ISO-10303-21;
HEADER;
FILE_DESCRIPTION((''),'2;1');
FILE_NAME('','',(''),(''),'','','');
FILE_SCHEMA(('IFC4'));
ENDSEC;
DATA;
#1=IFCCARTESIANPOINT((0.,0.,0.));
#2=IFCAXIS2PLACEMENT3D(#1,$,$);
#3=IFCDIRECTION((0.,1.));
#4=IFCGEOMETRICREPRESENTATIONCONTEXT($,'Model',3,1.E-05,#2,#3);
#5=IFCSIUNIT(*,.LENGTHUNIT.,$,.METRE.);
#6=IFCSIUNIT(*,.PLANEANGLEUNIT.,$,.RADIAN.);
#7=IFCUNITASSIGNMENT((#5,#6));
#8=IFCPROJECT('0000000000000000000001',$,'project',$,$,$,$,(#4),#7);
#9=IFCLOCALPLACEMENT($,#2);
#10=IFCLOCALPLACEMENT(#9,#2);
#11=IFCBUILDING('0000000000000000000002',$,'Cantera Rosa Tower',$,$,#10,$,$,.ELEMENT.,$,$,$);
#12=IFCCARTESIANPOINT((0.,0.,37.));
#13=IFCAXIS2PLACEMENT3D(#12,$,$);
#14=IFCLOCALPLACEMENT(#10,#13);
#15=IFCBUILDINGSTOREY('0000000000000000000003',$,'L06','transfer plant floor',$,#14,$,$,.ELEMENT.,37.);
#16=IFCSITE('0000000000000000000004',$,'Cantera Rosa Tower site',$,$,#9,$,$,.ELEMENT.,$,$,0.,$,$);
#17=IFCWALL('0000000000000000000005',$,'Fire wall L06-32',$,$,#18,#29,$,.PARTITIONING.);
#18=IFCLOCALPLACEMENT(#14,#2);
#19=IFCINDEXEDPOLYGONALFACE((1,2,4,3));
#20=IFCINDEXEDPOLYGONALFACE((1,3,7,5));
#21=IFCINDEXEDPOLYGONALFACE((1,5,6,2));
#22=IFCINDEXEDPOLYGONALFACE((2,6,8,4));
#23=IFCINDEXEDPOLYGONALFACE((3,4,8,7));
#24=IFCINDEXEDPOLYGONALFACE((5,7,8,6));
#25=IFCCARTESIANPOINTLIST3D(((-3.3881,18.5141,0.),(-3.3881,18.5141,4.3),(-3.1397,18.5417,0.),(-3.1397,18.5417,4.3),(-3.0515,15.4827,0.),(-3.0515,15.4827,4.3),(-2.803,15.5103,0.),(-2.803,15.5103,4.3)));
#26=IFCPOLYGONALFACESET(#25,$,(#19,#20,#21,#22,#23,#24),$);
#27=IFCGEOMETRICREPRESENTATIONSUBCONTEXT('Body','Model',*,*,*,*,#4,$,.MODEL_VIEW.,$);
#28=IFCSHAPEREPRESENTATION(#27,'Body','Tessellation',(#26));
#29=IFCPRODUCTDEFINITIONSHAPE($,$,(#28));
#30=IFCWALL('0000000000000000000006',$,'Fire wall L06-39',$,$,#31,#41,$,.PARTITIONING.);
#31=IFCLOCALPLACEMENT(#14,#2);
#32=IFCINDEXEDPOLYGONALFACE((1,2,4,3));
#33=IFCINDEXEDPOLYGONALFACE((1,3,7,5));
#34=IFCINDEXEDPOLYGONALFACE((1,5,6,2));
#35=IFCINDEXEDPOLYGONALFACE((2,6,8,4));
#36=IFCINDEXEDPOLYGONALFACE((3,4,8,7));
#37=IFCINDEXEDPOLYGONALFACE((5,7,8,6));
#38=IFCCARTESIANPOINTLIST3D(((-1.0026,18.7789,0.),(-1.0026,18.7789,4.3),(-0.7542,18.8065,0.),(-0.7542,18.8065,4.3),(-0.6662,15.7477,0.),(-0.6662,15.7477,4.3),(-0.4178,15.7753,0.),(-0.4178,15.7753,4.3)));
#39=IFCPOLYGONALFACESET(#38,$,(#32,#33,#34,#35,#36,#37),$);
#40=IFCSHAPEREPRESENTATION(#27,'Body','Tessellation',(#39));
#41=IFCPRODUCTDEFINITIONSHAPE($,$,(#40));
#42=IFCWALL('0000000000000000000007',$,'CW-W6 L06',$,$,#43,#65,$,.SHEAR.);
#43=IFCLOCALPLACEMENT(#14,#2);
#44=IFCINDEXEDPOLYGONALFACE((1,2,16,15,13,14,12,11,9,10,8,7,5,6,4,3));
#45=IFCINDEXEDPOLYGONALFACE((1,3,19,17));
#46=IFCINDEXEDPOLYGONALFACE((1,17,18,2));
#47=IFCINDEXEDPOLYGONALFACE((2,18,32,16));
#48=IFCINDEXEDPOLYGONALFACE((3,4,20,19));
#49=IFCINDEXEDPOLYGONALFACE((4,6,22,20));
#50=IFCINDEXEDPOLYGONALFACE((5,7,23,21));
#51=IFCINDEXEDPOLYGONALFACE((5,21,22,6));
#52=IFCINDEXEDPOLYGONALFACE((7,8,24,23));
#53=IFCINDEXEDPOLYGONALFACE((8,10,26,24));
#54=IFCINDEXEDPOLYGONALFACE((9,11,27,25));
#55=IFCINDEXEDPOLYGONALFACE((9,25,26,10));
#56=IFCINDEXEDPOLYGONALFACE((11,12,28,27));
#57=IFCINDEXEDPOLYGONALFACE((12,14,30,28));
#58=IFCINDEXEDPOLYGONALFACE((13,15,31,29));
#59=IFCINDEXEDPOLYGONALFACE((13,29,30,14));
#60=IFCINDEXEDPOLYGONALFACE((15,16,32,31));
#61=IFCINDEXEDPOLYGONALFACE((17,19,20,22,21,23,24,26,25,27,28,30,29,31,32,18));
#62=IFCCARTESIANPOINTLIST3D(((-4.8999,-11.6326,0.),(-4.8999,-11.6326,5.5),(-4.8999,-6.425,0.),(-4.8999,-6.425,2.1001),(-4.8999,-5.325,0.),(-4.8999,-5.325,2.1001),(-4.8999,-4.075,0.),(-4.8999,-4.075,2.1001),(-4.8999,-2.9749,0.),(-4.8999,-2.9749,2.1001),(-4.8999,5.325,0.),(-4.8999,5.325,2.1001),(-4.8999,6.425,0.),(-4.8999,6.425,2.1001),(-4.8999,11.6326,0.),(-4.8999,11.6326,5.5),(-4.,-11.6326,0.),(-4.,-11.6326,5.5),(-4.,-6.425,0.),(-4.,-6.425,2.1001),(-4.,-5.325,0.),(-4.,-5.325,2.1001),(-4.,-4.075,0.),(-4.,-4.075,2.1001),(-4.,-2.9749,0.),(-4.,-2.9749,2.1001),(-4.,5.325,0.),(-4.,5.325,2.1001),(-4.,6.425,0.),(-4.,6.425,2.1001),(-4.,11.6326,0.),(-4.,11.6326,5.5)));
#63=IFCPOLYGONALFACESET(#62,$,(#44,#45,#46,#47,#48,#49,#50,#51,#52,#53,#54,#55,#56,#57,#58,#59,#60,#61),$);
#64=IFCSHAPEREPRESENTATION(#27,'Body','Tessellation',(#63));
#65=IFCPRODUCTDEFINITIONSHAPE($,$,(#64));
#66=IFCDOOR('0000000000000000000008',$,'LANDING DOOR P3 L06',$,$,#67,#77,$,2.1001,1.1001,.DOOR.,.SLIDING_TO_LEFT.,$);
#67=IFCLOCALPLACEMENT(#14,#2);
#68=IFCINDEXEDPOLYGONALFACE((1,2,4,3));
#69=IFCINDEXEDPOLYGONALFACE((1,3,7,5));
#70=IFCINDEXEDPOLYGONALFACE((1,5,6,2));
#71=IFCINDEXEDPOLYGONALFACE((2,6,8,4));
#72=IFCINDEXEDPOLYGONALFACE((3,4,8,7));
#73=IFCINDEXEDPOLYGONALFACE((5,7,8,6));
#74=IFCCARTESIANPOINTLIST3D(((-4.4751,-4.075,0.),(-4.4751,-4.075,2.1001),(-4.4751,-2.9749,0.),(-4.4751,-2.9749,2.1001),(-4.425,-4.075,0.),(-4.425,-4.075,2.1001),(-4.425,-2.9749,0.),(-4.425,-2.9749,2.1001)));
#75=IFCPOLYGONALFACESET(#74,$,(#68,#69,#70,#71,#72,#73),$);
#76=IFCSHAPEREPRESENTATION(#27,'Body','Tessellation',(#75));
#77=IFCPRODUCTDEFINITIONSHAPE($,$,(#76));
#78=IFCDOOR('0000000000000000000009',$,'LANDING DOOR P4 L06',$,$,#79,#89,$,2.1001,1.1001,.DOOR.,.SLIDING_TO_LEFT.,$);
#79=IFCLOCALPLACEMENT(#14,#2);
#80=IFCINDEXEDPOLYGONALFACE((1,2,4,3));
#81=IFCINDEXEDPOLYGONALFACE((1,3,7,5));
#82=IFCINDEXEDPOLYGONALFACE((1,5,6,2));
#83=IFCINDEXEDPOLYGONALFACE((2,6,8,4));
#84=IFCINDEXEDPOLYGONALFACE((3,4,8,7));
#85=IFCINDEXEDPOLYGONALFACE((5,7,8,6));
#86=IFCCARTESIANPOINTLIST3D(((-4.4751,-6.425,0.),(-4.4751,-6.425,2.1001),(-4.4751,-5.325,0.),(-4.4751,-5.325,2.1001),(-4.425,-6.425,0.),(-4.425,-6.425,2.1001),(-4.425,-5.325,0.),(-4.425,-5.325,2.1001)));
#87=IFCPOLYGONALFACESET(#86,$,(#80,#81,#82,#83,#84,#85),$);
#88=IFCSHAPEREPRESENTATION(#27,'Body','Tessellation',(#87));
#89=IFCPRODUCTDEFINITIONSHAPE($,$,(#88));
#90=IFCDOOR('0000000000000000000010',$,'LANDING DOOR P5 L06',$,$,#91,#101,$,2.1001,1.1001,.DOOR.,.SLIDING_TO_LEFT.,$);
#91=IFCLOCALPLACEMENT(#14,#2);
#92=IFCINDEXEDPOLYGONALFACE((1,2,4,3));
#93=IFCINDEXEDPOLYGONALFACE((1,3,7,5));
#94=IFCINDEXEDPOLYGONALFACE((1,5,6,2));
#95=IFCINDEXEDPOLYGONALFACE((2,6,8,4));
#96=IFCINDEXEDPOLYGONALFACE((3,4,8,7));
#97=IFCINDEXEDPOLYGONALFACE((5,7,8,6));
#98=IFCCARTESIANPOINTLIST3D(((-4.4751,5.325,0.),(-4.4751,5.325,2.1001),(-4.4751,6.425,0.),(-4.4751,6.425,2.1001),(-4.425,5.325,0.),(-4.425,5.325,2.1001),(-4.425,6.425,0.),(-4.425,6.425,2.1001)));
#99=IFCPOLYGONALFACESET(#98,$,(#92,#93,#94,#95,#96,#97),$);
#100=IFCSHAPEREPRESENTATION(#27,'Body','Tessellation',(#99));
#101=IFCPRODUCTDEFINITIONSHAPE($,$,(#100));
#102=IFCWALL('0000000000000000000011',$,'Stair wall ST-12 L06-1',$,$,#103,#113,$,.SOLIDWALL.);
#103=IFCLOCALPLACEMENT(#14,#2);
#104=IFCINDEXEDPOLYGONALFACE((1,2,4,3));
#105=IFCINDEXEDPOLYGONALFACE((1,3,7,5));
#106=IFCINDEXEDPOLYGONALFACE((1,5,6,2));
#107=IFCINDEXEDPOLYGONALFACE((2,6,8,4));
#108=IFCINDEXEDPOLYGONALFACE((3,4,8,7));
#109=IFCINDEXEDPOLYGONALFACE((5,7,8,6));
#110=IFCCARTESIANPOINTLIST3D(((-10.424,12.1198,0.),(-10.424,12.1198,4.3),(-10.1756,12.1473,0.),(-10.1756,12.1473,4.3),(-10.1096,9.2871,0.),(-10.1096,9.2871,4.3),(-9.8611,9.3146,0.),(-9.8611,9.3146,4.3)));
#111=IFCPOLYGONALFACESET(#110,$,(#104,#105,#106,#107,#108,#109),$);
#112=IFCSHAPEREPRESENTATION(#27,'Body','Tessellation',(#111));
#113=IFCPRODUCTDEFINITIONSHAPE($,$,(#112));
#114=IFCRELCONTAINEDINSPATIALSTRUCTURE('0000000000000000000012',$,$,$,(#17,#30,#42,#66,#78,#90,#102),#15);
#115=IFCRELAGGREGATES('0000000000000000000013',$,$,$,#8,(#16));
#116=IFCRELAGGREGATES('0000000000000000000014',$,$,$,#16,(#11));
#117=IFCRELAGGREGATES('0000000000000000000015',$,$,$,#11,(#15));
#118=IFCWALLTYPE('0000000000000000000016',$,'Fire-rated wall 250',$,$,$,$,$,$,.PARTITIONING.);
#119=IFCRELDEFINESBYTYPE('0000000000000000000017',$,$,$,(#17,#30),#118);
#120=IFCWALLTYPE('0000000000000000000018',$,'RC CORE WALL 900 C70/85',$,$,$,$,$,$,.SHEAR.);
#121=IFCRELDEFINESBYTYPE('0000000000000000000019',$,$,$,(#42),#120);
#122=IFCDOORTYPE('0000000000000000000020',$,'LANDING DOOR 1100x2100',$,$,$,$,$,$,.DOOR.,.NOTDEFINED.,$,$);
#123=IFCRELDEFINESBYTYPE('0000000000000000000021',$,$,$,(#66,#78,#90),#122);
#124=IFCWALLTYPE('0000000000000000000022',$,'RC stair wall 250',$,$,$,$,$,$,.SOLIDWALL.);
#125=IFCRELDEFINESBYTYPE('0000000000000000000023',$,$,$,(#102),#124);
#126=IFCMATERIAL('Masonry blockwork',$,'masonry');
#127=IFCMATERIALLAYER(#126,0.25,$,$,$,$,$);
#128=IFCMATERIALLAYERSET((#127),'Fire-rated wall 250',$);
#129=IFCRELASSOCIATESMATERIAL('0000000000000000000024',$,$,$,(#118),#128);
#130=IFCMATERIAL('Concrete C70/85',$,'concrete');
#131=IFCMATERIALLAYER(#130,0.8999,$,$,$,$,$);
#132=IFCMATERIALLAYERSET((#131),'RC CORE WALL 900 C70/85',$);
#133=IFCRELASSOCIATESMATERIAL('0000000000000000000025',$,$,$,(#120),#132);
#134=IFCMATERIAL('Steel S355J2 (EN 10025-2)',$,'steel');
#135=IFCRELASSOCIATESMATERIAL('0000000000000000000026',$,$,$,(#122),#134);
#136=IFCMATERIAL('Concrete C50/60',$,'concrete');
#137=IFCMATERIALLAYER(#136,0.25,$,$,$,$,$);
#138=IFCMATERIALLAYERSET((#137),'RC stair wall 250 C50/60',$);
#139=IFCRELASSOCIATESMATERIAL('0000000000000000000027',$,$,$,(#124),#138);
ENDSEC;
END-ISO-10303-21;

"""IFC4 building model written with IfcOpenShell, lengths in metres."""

from ifc_helpers import new_model, si_unit, direction, frame, frame_2d, origin, place, context, subcontext, project, spatial, rectangle, extrude, material, layer, layer_set, type_object, element, fill, save


model = new_model("IFC4")

# Units and contexts
model_context = context("Model", 3, precision=1e-05, world=origin(), true_north=direction((0.0, 1.0)))
body_context = subcontext(model_context, "Body", "Model", "MODEL_VIEW")
ifc_project = project(units=[si_unit("LENGTHUNIT", "METRE"), si_unit("PLANEANGLEUNIT", "RADIAN")], contexts=[model_context])

# Site, building, storey
site_placement = place(None, origin())
site = spatial("IfcSite", under=ifc_project, at=site_placement, Name="Cantera Rosa Tower site", CompositionType="ELEMENT", RefElevation=0.0)
building_placement = place(site_placement, origin())
building = spatial("IfcBuilding", under=site, at=building_placement, Name="Cantera Rosa Tower", CompositionType="ELEMENT")
storey_placement = place(building_placement, frame((0.0, 0.0, 37.0)))
storey = spatial("IfcBuildingStorey", under=building, at=storey_placement, Name="L06", Description="transfer plant floor", CompositionType="ELEMENT", Elevation=37.0)

# Shared definitions
ifc_material_1 = material(Name="Masonry blockwork", Category="masonry")
ifc_layer_1 = layer(ifc_material_1, 0.25)
ifc_layer_set_1 = layer_set([ifc_layer_1], Name="Fire-rated wall 250")
wall_type_1 = type_object("IfcWallType", Name="Fire-rated wall 250", PredefinedType="PARTITIONING", material=ifc_layer_set_1)

# Walls
wall_1_placement = place(storey_placement, frame((-2.9272, 15.4966, 0.0), z_axis=(0.0, 0.0, 1.0), x_axis=(-0.110379, 0.99389, 0.0)))
element("IfcWall", 1, at=wall_1_placement, inside=storey, type_object=wall_type_1, Name="Fire wall L06-32", PredefinedType="PARTITIONING", context=body_context, shape_type="SweptSolid", body=[
    extrude(rectangle(XDim=3.05, YDim=0.25, at=frame_2d((1.5249, 0.0))), origin(), (0.0, 0.0, 1.0), 4.3),
])
wall_2_placement = place(storey_placement, frame((-0.542, 15.7615, 0.0), z_axis=(0.0, 0.0, 1.0), x_axis=(-0.110309, 0.993897, 0.0)))
element("IfcWall", 2, at=wall_2_placement, inside=storey, type_object=wall_type_1, Name="Fire wall L06-39", PredefinedType="PARTITIONING", context=body_context, shape_type="SweptSolid", body=[
    extrude(rectangle(XDim=3.0498, YDim=0.25, at=frame_2d((1.5249, 0.0))), origin(), (0.0, 0.0, 1.0), 4.3),
])

# Wall, openings, doors
ifc_material_2 = material(Name="Concrete C70/85", Category="concrete")
ifc_layer_2 = layer(ifc_material_2, 0.8999)
ifc_layer_set_2 = layer_set([ifc_layer_2], Name="RC CORE WALL 900 C70/85")
wall_type_2 = type_object("IfcWallType", Name="RC CORE WALL 900 C70/85", PredefinedType="SHEAR", material=ifc_layer_set_2)
wall_3_placement = place(storey_placement, frame((-4.45, 11.6326, 0.0), z_axis=(0.0, 0.0, 1.0), x_axis=(0.0, -1.0, 0.0)))
wall_3 = element("IfcWall", 3, at=wall_3_placement, inside=storey, type_object=wall_type_2, Name="CW-W6 L06", PredefinedType="SHEAR", context=body_context, shape_type="SweptSolid", body=[
    extrude(rectangle(XDim=23.2651, YDim=0.8999, at=frame_2d((11.6326, 0.0))), origin(), (0.0, 0.0, 1.0), 5.5),
])
opening_1_placement = place(wall_3_placement, frame((14.6074, 0.0, 0.0)))
opening_1 = element("IfcOpeningElement", 4, at=opening_1_placement, cuts=wall_3, PredefinedType="OPENING", context=body_context, shape_type="SweptSolid", body=[
    extrude(rectangle(XDim=1.1001, YDim=2.1001, at=frame_2d((0.55, 1.05))), frame((0.0, 0.46, 0.0), z_axis=(0.0, -1.0, 0.0), x_axis=(1.0, 0.0, 0.0)), (0.0, 0.0, 1.0), 0.9199),
])
opening_2_placement = place(wall_3_placement, frame((16.9575, 0.0, 0.0)))
opening_2 = element("IfcOpeningElement", 5, at=opening_2_placement, cuts=wall_3, PredefinedType="OPENING", context=body_context, shape_type="SweptSolid", body=[
    extrude(rectangle(XDim=1.1001, YDim=2.1001, at=frame_2d((0.55, 1.05))), frame((0.0, 0.46, 0.0), z_axis=(0.0, -1.0, 0.0), x_axis=(1.0, 0.0, 0.0)), (0.0, 0.0, 1.0), 0.9199),
])
opening_3_placement = place(wall_3_placement, frame((5.2075, 0.0, 0.0)))
opening_3 = element("IfcOpeningElement", 6, at=opening_3_placement, cuts=wall_3, PredefinedType="OPENING", context=body_context, shape_type="SweptSolid", body=[
    extrude(rectangle(XDim=1.1001, YDim=2.1001, at=frame_2d((0.55, 1.05))), frame((0.0, 0.46, 0.0), z_axis=(0.0, -1.0, 0.0), x_axis=(1.0, 0.0, 0.0)), (0.0, 0.0, 1.0), 0.9199),
])
ifc_material_3 = material(Name="Steel S355J2 (EN 10025-2)", Category="steel")
door_type_1 = type_object("IfcDoorType", Name="LANDING DOOR 1100x2100", OperationType="NOTDEFINED", PredefinedType="DOOR", material=ifc_material_3)
door_1_placement = place(opening_1_placement, origin())
door_1 = element("IfcDoor", 7, at=door_1_placement, inside=storey, type_object=door_type_1, Name="LANDING DOOR P3 L06", OperationType="SLIDING_TO_LEFT", OverallHeight=2.1001, OverallWidth=1.1001, PredefinedType="DOOR", context=body_context, shape_type="SweptSolid", body=[
    extrude(rectangle(XDim=1.1001, YDim=2.1001, at=frame_2d((0.55, 1.05))), frame((0.0, 0.0249, 0.0), z_axis=(0.0, -1.0, 0.0), x_axis=(1.0, 0.0, 0.0)), (0.0, 0.0, 1.0), 0.05),
])
fill(opening_1, door_1)
door_2_placement = place(opening_2_placement, origin())
door_2 = element("IfcDoor", 8, at=door_2_placement, inside=storey, type_object=door_type_1, Name="LANDING DOOR P4 L06", OperationType="SLIDING_TO_LEFT", OverallHeight=2.1001, OverallWidth=1.1001, PredefinedType="DOOR", context=body_context, shape_type="SweptSolid", body=[
    extrude(rectangle(XDim=1.1001, YDim=2.1001, at=frame_2d((0.55, 1.05))), frame((0.0, 0.0249, 0.0), z_axis=(0.0, -1.0, 0.0), x_axis=(1.0, 0.0, 0.0)), (0.0, 0.0, 1.0), 0.05),
])
fill(opening_2, door_2)
door_3_placement = place(opening_3_placement, origin())
door_3 = element("IfcDoor", 9, at=door_3_placement, inside=storey, type_object=door_type_1, Name="LANDING DOOR P5 L06", OperationType="SLIDING_TO_LEFT", OverallHeight=2.1001, OverallWidth=1.1001, PredefinedType="DOOR", context=body_context, shape_type="SweptSolid", body=[
    extrude(rectangle(XDim=1.1001, YDim=2.1001, at=frame_2d((0.55, 1.05))), frame((0.0, 0.0249, 0.0), z_axis=(0.0, -1.0, 0.0), x_axis=(1.0, 0.0, 0.0)), (0.0, 0.0, 1.0), 0.05),
])
fill(opening_3, door_3)

# Wall
ifc_material_4 = material(Name="Concrete C50/60", Category="concrete")
ifc_layer_3 = layer(ifc_material_4, 0.25)
ifc_layer_set_3 = layer_set([ifc_layer_3], Name="RC stair wall 250 C50/60")
wall_type_3 = type_object("IfcWallType", Name="RC stair wall 250", PredefinedType="SOLIDWALL", material=ifc_layer_set_3)
wall_4_placement = place(storey_placement, frame((-10.2998, 12.1335, 0.0), z_axis=(0.0, 0.0, 1.0), x_axis=(0.110328, -0.993895, 0.0)))
element("IfcWall", 10, at=wall_4_placement, inside=storey, type_object=wall_type_3, Name="Stair wall ST-12 L06-1", PredefinedType="SOLIDWALL", context=body_context, shape_type="SweptSolid", body=[
    extrude(rectangle(XDim=2.8501, YDim=0.25, at=frame_2d((1.425, 0.0))), origin(), (0.0, 0.0, 1.0), 4.3),
])

save(model, "model.ifc")
